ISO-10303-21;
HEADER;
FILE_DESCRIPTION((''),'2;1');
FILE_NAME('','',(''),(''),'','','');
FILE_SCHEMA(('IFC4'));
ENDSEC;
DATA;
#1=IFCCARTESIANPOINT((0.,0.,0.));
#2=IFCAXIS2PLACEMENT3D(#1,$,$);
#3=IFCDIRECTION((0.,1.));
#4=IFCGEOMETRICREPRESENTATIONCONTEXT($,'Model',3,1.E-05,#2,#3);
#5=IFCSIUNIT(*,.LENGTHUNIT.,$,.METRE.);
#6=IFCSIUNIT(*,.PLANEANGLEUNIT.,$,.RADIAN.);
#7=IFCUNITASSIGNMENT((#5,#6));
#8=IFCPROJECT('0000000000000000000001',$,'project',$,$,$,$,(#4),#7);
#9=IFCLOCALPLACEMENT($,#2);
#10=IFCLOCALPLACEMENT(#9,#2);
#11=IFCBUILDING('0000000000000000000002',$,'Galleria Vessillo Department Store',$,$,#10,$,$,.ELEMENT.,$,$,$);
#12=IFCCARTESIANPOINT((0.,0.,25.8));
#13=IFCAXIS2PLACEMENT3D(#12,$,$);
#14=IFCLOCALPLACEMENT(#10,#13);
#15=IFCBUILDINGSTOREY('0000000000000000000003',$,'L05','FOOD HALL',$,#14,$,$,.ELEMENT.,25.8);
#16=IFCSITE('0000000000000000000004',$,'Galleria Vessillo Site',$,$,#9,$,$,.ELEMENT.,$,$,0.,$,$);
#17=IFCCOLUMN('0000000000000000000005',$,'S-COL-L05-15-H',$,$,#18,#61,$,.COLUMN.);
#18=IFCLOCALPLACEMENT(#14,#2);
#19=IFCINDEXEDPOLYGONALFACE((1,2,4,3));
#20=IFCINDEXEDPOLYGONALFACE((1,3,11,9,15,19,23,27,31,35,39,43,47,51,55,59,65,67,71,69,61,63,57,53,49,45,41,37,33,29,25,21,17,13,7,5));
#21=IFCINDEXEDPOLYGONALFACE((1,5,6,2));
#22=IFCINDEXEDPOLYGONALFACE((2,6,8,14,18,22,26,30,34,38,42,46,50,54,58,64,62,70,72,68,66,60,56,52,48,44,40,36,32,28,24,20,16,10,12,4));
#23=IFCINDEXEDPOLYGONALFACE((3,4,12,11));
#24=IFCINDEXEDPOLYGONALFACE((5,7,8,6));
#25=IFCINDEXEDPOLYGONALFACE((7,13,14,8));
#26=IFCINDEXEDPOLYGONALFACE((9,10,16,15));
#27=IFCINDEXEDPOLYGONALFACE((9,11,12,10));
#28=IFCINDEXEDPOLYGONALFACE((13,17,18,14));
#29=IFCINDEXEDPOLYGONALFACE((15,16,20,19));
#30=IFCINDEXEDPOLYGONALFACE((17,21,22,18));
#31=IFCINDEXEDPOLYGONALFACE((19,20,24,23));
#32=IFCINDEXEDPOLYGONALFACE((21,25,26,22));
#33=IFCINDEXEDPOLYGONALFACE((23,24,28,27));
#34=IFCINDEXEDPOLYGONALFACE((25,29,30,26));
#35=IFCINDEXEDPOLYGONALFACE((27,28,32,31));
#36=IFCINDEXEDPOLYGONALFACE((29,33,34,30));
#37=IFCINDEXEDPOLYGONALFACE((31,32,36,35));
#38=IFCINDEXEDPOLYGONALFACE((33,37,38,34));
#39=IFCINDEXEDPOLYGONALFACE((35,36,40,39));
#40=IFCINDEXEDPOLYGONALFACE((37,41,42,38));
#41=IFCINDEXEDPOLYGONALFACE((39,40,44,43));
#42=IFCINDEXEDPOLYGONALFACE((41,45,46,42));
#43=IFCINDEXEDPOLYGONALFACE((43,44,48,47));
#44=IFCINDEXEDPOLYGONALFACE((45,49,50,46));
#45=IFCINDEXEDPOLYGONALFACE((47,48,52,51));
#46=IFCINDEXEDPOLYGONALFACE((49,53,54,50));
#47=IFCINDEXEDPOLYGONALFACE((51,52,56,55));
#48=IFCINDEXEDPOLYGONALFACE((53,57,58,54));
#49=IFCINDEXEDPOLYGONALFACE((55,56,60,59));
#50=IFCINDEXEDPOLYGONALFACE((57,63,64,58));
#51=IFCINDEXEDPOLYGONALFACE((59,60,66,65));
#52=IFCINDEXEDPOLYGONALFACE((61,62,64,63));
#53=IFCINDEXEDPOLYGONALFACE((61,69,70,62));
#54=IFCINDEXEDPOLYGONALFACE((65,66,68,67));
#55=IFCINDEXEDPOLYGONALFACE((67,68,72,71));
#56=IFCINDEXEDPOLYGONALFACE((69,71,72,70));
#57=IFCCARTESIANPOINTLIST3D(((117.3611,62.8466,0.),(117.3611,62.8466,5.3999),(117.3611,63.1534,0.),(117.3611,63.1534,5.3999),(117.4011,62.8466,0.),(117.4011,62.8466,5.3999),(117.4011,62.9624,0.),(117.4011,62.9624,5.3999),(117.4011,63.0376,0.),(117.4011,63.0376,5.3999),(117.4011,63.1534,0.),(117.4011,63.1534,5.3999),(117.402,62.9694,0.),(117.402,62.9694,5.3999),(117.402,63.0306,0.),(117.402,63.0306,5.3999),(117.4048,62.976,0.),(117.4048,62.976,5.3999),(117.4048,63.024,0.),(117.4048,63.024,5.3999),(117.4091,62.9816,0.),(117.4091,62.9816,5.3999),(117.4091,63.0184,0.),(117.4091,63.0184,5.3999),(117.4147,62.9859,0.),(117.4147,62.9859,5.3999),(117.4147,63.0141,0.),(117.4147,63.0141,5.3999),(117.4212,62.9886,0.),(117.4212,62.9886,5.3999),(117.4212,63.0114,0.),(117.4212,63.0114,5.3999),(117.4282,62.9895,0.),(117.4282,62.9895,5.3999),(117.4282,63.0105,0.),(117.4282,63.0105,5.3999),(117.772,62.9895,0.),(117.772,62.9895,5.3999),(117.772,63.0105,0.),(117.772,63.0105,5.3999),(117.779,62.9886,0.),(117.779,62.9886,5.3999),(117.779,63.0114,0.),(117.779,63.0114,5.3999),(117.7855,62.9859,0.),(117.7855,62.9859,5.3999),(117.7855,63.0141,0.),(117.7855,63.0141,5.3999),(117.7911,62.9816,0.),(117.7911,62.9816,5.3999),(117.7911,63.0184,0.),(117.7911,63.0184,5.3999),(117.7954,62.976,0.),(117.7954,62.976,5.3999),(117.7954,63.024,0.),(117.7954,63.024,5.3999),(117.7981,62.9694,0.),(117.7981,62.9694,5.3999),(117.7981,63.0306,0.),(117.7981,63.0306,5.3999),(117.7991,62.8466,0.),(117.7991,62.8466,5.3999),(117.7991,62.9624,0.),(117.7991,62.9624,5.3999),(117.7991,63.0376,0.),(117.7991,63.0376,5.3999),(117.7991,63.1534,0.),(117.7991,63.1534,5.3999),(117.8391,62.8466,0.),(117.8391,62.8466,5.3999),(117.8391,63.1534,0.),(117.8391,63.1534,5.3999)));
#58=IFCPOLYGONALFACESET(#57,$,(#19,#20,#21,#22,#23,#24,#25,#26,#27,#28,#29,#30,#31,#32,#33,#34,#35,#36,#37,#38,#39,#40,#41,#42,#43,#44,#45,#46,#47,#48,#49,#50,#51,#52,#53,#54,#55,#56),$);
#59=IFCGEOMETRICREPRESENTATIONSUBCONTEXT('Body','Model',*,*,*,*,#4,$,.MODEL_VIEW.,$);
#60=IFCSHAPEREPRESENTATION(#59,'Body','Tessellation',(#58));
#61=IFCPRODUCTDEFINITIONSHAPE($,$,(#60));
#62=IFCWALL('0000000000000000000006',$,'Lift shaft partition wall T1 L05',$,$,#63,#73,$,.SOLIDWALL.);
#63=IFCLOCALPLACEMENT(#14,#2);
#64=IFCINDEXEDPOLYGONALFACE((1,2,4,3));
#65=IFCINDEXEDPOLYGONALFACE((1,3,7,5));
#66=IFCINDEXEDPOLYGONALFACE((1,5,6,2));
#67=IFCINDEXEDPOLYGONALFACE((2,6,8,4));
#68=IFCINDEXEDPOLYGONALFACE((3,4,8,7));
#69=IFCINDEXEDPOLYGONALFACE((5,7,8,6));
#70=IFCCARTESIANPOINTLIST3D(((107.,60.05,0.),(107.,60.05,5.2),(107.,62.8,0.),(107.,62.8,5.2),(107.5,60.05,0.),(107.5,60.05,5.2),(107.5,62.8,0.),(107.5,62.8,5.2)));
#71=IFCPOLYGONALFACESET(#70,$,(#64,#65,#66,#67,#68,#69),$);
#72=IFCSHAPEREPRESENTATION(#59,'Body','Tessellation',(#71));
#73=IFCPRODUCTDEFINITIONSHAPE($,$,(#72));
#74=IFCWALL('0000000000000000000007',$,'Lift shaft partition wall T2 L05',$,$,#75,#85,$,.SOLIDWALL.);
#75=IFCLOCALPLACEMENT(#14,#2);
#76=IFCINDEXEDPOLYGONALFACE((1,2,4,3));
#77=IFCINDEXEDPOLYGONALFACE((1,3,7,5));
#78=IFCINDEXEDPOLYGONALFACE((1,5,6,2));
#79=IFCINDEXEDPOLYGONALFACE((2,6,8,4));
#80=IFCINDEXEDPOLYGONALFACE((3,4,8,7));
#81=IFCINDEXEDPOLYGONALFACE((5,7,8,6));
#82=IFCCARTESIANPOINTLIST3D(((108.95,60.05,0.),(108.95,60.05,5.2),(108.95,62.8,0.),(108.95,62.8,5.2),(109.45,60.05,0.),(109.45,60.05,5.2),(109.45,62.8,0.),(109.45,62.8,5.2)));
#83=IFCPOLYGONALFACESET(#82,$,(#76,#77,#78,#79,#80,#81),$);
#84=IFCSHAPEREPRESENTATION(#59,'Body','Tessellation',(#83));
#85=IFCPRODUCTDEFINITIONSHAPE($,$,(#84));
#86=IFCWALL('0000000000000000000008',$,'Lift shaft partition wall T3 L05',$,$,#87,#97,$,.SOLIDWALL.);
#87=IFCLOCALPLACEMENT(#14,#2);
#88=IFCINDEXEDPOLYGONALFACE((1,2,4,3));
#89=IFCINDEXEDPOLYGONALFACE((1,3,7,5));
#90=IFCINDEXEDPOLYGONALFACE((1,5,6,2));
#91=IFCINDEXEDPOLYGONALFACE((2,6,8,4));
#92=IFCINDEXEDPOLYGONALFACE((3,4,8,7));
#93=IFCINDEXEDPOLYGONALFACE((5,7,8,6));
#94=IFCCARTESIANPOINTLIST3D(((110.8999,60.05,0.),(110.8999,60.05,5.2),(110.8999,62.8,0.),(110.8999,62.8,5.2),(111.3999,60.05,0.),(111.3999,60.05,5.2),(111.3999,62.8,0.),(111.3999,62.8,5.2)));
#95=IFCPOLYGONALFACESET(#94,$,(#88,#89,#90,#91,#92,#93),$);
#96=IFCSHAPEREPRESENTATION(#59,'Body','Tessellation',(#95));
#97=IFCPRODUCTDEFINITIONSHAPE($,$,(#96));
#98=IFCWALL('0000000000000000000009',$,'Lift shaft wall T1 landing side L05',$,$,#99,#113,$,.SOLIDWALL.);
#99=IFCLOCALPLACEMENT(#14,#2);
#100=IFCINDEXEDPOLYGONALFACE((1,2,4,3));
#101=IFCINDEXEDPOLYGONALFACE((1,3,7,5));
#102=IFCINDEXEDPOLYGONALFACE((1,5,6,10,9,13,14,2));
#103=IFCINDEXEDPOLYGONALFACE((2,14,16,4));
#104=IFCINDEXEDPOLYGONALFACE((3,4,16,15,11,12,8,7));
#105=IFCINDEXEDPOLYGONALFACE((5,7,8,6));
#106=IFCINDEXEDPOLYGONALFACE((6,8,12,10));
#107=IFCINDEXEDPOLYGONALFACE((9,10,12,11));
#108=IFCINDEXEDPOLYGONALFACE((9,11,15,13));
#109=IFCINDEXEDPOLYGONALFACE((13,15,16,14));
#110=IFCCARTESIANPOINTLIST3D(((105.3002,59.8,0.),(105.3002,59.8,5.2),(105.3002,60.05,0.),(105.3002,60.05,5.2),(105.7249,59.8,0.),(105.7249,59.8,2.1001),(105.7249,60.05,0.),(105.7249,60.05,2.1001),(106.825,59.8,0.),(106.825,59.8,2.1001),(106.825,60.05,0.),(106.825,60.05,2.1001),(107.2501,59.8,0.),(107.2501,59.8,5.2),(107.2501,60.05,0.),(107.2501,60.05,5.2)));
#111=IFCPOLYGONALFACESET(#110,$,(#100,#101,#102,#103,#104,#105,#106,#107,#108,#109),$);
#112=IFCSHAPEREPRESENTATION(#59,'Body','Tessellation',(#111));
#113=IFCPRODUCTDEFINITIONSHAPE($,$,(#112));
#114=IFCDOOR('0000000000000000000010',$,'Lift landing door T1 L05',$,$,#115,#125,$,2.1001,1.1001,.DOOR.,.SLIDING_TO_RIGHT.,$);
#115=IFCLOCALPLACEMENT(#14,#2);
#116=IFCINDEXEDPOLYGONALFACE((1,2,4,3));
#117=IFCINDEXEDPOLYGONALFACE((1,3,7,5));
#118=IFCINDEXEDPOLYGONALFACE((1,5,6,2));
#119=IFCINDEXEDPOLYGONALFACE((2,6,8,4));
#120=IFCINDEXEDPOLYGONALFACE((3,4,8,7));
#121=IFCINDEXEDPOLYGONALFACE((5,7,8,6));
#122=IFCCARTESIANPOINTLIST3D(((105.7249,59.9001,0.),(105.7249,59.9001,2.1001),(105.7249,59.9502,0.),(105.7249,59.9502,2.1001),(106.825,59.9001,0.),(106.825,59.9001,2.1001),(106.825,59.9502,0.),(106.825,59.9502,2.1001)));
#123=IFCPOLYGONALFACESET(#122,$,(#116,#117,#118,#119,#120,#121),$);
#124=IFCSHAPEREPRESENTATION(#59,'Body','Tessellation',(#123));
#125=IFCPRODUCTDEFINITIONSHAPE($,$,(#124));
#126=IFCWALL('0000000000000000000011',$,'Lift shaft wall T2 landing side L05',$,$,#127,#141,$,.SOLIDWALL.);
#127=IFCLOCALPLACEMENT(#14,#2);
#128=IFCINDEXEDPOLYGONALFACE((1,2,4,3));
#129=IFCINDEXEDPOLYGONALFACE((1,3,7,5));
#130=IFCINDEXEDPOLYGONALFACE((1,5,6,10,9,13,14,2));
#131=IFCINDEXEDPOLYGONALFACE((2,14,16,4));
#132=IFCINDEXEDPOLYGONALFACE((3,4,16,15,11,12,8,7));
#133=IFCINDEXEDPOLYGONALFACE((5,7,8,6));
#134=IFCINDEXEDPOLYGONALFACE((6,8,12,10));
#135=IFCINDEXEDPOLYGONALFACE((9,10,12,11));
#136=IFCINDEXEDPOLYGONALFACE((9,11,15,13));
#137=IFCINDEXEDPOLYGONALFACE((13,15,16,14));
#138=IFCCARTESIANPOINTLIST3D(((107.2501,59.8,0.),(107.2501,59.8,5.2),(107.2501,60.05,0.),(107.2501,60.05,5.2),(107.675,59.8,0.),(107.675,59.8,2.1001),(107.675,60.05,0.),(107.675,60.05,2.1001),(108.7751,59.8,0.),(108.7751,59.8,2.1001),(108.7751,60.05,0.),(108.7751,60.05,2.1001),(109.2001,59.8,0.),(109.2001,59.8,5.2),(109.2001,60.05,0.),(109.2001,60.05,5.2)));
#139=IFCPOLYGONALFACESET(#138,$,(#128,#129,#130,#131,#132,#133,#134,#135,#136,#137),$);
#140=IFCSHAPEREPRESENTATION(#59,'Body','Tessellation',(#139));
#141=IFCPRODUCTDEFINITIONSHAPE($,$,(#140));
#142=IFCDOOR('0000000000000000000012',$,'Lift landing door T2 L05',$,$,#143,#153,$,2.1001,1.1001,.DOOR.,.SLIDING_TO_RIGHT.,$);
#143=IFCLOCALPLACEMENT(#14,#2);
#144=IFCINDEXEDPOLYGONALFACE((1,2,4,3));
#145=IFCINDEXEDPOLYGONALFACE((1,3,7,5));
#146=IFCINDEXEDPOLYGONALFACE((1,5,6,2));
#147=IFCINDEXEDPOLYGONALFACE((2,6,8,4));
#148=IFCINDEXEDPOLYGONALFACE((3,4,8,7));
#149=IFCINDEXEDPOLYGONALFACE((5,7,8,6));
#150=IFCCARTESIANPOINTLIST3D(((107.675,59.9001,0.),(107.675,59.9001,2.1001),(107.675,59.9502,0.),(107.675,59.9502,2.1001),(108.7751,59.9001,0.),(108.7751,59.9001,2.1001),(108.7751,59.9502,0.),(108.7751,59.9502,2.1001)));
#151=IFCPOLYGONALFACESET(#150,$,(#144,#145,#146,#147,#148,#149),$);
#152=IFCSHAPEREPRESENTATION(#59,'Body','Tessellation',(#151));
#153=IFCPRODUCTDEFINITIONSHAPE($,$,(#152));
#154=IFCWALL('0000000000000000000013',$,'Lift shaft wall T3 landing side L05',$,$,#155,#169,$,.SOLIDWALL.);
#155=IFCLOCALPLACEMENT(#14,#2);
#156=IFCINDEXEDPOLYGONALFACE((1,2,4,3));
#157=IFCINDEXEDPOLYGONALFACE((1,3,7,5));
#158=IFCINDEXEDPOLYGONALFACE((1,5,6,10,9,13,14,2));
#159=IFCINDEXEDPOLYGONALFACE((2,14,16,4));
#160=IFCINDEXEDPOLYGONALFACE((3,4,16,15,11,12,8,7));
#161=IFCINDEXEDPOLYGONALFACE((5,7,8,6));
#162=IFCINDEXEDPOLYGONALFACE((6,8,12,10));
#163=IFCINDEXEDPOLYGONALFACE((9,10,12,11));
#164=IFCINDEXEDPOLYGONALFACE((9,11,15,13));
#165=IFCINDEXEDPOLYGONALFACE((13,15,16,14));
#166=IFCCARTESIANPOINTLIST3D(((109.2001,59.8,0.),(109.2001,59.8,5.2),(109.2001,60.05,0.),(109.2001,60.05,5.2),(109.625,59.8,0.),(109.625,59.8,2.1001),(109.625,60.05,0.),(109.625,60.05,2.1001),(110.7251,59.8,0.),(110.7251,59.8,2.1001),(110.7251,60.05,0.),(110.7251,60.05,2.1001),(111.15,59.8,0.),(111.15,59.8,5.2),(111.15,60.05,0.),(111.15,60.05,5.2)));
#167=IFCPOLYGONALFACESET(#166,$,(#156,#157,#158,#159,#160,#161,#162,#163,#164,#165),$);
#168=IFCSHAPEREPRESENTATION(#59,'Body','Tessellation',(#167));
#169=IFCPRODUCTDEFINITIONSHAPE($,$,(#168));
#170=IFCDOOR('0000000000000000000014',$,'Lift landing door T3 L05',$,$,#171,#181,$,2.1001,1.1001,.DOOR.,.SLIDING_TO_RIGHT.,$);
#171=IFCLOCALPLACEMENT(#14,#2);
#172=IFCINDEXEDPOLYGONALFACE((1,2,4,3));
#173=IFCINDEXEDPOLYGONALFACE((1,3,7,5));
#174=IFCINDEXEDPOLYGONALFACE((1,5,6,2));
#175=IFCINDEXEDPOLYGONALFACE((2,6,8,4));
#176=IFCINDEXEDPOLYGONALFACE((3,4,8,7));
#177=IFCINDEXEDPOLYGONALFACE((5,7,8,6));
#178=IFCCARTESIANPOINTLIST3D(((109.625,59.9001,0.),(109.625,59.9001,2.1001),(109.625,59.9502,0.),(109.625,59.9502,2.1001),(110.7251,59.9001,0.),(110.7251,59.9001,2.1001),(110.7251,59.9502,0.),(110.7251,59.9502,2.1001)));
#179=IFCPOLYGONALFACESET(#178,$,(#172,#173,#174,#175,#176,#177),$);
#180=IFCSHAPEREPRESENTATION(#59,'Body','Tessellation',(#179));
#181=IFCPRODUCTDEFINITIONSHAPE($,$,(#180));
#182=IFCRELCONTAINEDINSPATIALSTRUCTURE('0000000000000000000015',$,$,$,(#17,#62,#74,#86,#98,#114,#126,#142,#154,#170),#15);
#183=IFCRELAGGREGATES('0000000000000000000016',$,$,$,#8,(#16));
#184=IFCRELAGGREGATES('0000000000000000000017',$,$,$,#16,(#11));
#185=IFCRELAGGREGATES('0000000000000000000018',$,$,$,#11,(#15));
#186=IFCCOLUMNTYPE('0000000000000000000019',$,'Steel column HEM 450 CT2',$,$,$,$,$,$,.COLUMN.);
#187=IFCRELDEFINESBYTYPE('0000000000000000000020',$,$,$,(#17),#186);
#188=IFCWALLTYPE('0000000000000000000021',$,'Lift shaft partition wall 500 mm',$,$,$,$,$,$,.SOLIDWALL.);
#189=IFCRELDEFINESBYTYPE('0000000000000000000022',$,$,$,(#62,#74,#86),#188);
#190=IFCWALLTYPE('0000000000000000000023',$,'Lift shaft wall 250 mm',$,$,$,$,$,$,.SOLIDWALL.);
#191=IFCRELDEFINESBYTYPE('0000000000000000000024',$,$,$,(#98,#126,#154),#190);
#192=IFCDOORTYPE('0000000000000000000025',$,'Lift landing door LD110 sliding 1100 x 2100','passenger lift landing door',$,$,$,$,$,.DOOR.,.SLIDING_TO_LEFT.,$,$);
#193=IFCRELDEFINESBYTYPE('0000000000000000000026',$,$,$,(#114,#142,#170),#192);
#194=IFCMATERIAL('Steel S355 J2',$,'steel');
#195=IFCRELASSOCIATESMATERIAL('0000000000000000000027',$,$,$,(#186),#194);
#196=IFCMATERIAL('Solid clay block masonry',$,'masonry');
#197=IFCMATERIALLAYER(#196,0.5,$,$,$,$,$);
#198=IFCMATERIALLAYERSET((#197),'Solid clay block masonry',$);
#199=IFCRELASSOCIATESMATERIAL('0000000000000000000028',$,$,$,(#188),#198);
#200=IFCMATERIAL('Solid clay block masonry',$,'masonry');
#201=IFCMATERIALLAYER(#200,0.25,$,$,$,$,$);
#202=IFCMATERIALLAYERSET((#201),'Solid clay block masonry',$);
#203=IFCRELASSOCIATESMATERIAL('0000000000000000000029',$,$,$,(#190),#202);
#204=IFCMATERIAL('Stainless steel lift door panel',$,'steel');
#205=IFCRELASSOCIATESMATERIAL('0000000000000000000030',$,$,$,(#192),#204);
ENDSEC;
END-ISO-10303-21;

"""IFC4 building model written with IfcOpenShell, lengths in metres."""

from ifc_helpers import new_model, si_unit, direction, frame, frame_2d, origin, origin_2d, place, context, subcontext, project, spatial, rectangle, i_section, extrude, material, layer, layer_set, material_profile, profile_set, type_object, element, fill, save


model = new_model("IFC4")

# Units and contexts
model_context = context("Model", 3, precision=1e-05, world=origin(), true_north=direction((0.0, 1.0)))
body_context = subcontext(model_context, "Body", "Model", "MODEL_VIEW")
ifc_project = project(units=[si_unit("LENGTHUNIT", "METRE"), si_unit("PLANEANGLEUNIT", "RADIAN")], contexts=[model_context])

# Site, building, storey
site_placement = place(None, origin())
site = spatial("IfcSite", under=ifc_project, at=site_placement, Name="Galleria Vessillo Site", CompositionType="ELEMENT", RefElevation=0.0)
building_placement = place(site_placement, origin())
building = spatial("IfcBuilding", under=site, at=building_placement, Name="Galleria Vessillo Department Store", CompositionType="ELEMENT")
storey_placement = place(building_placement, frame((0.0, 0.0, 25.8)))
storey = spatial("IfcBuildingStorey", under=building, at=storey_placement, Name="L05", Description="FOOD HALL", CompositionType="ELEMENT", Elevation=25.8)

# Column
ifc_material_1 = material(Name="Steel S355 J2", Category="steel")
ifc_material_profile = material_profile(ifc_material_1, i_section(OverallWidth=0.3069, OverallDepth=0.478, WebThickness=0.021, FlangeThickness=0.04, FilletRadius=0.0271, at=origin_2d()), Name="HEM 450")
ifc_profile_set = profile_set([ifc_material_profile], Name="Steel S355 J2")
column_type = type_object("IfcColumnType", Name="Steel column HEM 450 CT2", PredefinedType="COLUMN", material=ifc_profile_set)
column_placement = place(storey_placement, frame((117.6001, 63.0, 0.0), z_axis=(0.0, 0.0, 1.0), x_axis=(0.0, 1.0, 0.0)))
element("IfcColumn", 1, at=column_placement, inside=storey, type_object=column_type, Name="S-COL-L05-15-H", PredefinedType="COLUMN", context=body_context, shape_type="SweptSolid", body=[
    extrude(i_section(OverallWidth=0.3069, OverallDepth=0.478, WebThickness=0.021, FlangeThickness=0.04, FilletRadius=0.0271, at=origin_2d()), origin(), (0.0, 0.0, 1.0), 5.3999),
])

# Walls
ifc_material_2 = material(Name="Solid clay block masonry", Category="masonry")
ifc_layer_1 = layer(ifc_material_2, 0.5)
ifc_layer_set_1 = layer_set([ifc_layer_1], Name="Solid clay block masonry")
wall_type_1 = type_object("IfcWallType", Name="Lift shaft partition wall 500 mm", PredefinedType="SOLIDWALL", material=ifc_layer_set_1)
for number, where, z_axis, x_axis, name in (
    (2, (107.25, 62.8, 0.0), (0.0, 0.0, 1.0), (0.0, -1.0, 0.0), "Lift shaft partition wall T1 L05"),
    (3, (109.2, 62.8, 0.0), (0.0, 0.0, 1.0), (0.0, -1.0, 0.0), "Lift shaft partition wall T2 L05"),
    (4, (111.1499, 62.8, 0.0), (0.0, 0.0, 1.0), (0.0, -1.0, 0.0), "Lift shaft partition wall T3 L05"),
):
    element("IfcWall", number, at=place(storey_placement, frame(where, z_axis=z_axis, x_axis=x_axis)), inside=storey, type_object=wall_type_1, Name=name, PredefinedType="SOLIDWALL", context=body_context, shape_type="SweptSolid", body=[
        extrude(rectangle(XDim=2.75, YDim=0.5, at=frame_2d((1.375, 0.0))), origin(), (0.0, 0.0, 1.0), 5.2),
    ])

# Walls, openings, doors
ifc_material_3 = material(Name="Solid clay block masonry", Category="masonry")
ifc_layer_2 = layer(ifc_material_3, 0.25)
ifc_layer_set_2 = layer_set([ifc_layer_2], Name="Solid clay block masonry")
wall_type_2 = type_object("IfcWallType", Name="Lift shaft wall 250 mm", PredefinedType="SOLIDWALL", material=ifc_layer_set_2)
wall_1_placement = place(storey_placement, frame((105.3, 59.925, 0.0), z_axis=(0.0, 0.0, 1.0), x_axis=(1.0, 0.0, 0.0)))
wall_1 = element("IfcWall", 5, at=wall_1_placement, inside=storey, type_object=wall_type_2, Name="Lift shaft wall T1 landing side L05", PredefinedType="SOLIDWALL", context=body_context, shape_type="SweptSolid", body=[
    extrude(rectangle(XDim=1.95, YDim=0.25, at=frame_2d((0.9751, 0.0))), origin(), (0.0, 0.0, 1.0), 5.2),
])
opening_1_placement = place(wall_1_placement, frame((0.4248, 0.0, 0.0)))
opening_1 = element("IfcOpeningElement", 6, at=opening_1_placement, cuts=wall_1, PredefinedType="OPENING", context=body_context, shape_type="SweptSolid", body=[
    extrude(rectangle(XDim=1.1001, YDim=2.1001, at=frame_2d((0.55, 1.05))), frame((0.0, 0.135, 0.0), z_axis=(0.0, -1.0, 0.0), x_axis=(1.0, 0.0, 0.0)), (0.0, 0.0, 1.0), 0.27),
])
ifc_material_4 = material(Name="Stainless steel lift door panel", Category="steel")
door_type = type_object("IfcDoorType", Name="Lift landing door LD110 sliding 1100 x 2100", Description="passenger lift landing door", OperationType="SLIDING_TO_LEFT", PredefinedType="DOOR", material=ifc_material_4)
door_1_placement = place(opening_1_placement, frame((1.1001, 0.0, 0.0), z_axis=(0.0, 0.0, 1.0), x_axis=(-1.0, 0.0, 0.0)))
door_1 = element("IfcDoor", 7, at=door_1_placement, inside=storey, type_object=door_type, Name="Lift landing door T1 L05", OperationType="SLIDING_TO_RIGHT", OverallHeight=2.1001, OverallWidth=1.1001, PredefinedType="DOOR", context=body_context, shape_type="SweptSolid", body=[
    extrude(rectangle(XDim=1.1001, YDim=2.1001, at=frame_2d((0.55, 1.05))), frame((0.0, 0.0249, 0.0), z_axis=(0.0, -1.0, 0.0), x_axis=(1.0, 0.0, 0.0)), (0.0, 0.0, 1.0), 0.05),
])
fill(opening_1, door_1)
wall_2_placement = place(storey_placement, frame((107.25, 59.925, 0.0), z_axis=(0.0, 0.0, 1.0), x_axis=(1.0, 0.0, 0.0)))
wall_2 = element("IfcWall", 8, at=wall_2_placement, inside=storey, type_object=wall_type_2, Name="Lift shaft wall T2 landing side L05", PredefinedType="SOLIDWALL", context=body_context, shape_type="SweptSolid", body=[
    extrude(rectangle(XDim=1.95, YDim=0.25, at=frame_2d((0.9751, 0.0))), origin(), (0.0, 0.0, 1.0), 5.2),
])
opening_2_placement = place(wall_2_placement, frame((0.425, 0.0, 0.0)))
opening_2 = element("IfcOpeningElement", 9, at=opening_2_placement, cuts=wall_2, PredefinedType="OPENING", context=body_context, shape_type="SweptSolid", body=[
    extrude(rectangle(XDim=1.1001, YDim=2.1001, at=frame_2d((0.55, 1.05))), frame((0.0, 0.135, 0.0), z_axis=(0.0, -1.0, 0.0), x_axis=(1.0, 0.0, 0.0)), (0.0, 0.0, 1.0), 0.27),
])
door_2_placement = place(opening_2_placement, frame((1.1001, 0.0, 0.0), z_axis=(0.0, 0.0, 1.0), x_axis=(-1.0, 0.0, 0.0)))
door_2 = element("IfcDoor", 10, at=door_2_placement, inside=storey, type_object=door_type, Name="Lift landing door T2 L05", OperationType="SLIDING_TO_RIGHT", OverallHeight=2.1001, OverallWidth=1.1001, PredefinedType="DOOR", context=body_context, shape_type="SweptSolid", body=[
    extrude(rectangle(XDim=1.1001, YDim=2.1001, at=frame_2d((0.55, 1.05))), frame((0.0, 0.0249, 0.0), z_axis=(0.0, -1.0, 0.0), x_axis=(1.0, 0.0, 0.0)), (0.0, 0.0, 1.0), 0.05),
])
fill(opening_2, door_2)
wall_3_placement = place(storey_placement, frame((109.2, 59.925, 0.0), z_axis=(0.0, 0.0, 1.0), x_axis=(1.0, 0.0, 0.0)))
wall_3 = element("IfcWall", 11, at=wall_3_placement, inside=storey, type_object=wall_type_2, Name="Lift shaft wall T3 landing side L05", PredefinedType="SOLIDWALL", context=body_context, shape_type="SweptSolid", body=[
    extrude(rectangle(XDim=1.95, YDim=0.25, at=frame_2d((0.9751, 0.0))), origin(), (0.0, 0.0, 1.0), 5.2),
])
opening_3_placement = place(wall_3_placement, frame((0.425, 0.0, 0.0)))
opening_3 = element("IfcOpeningElement", 12, at=opening_3_placement, cuts=wall_3, PredefinedType="OPENING", context=body_context, shape_type="SweptSolid", body=[
    extrude(rectangle(XDim=1.1001, YDim=2.1001, at=frame_2d((0.55, 1.05))), frame((0.0, 0.135, 0.0), z_axis=(0.0, -1.0, 0.0), x_axis=(1.0, 0.0, 0.0)), (0.0, 0.0, 1.0), 0.27),
])
door_3_placement = place(opening_3_placement, frame((1.1001, 0.0, 0.0), z_axis=(0.0, 0.0, 1.0), x_axis=(-1.0, 0.0, 0.0)))
door_3 = element("IfcDoor", 13, at=door_3_placement, inside=storey, type_object=door_type, Name="Lift landing door T3 L05", OperationType="SLIDING_TO_RIGHT", OverallHeight=2.1001, OverallWidth=1.1001, PredefinedType="DOOR", context=body_context, shape_type="SweptSolid", body=[
    extrude(rectangle(XDim=1.1001, YDim=2.1001, at=frame_2d((0.55, 1.05))), frame((0.0, 0.0249, 0.0), z_axis=(0.0, -1.0, 0.0), x_axis=(1.0, 0.0, 0.0)), (0.0, 0.0, 1.0), 0.05),
])
fill(opening_3, door_3)

save(model, "model.ifc")
